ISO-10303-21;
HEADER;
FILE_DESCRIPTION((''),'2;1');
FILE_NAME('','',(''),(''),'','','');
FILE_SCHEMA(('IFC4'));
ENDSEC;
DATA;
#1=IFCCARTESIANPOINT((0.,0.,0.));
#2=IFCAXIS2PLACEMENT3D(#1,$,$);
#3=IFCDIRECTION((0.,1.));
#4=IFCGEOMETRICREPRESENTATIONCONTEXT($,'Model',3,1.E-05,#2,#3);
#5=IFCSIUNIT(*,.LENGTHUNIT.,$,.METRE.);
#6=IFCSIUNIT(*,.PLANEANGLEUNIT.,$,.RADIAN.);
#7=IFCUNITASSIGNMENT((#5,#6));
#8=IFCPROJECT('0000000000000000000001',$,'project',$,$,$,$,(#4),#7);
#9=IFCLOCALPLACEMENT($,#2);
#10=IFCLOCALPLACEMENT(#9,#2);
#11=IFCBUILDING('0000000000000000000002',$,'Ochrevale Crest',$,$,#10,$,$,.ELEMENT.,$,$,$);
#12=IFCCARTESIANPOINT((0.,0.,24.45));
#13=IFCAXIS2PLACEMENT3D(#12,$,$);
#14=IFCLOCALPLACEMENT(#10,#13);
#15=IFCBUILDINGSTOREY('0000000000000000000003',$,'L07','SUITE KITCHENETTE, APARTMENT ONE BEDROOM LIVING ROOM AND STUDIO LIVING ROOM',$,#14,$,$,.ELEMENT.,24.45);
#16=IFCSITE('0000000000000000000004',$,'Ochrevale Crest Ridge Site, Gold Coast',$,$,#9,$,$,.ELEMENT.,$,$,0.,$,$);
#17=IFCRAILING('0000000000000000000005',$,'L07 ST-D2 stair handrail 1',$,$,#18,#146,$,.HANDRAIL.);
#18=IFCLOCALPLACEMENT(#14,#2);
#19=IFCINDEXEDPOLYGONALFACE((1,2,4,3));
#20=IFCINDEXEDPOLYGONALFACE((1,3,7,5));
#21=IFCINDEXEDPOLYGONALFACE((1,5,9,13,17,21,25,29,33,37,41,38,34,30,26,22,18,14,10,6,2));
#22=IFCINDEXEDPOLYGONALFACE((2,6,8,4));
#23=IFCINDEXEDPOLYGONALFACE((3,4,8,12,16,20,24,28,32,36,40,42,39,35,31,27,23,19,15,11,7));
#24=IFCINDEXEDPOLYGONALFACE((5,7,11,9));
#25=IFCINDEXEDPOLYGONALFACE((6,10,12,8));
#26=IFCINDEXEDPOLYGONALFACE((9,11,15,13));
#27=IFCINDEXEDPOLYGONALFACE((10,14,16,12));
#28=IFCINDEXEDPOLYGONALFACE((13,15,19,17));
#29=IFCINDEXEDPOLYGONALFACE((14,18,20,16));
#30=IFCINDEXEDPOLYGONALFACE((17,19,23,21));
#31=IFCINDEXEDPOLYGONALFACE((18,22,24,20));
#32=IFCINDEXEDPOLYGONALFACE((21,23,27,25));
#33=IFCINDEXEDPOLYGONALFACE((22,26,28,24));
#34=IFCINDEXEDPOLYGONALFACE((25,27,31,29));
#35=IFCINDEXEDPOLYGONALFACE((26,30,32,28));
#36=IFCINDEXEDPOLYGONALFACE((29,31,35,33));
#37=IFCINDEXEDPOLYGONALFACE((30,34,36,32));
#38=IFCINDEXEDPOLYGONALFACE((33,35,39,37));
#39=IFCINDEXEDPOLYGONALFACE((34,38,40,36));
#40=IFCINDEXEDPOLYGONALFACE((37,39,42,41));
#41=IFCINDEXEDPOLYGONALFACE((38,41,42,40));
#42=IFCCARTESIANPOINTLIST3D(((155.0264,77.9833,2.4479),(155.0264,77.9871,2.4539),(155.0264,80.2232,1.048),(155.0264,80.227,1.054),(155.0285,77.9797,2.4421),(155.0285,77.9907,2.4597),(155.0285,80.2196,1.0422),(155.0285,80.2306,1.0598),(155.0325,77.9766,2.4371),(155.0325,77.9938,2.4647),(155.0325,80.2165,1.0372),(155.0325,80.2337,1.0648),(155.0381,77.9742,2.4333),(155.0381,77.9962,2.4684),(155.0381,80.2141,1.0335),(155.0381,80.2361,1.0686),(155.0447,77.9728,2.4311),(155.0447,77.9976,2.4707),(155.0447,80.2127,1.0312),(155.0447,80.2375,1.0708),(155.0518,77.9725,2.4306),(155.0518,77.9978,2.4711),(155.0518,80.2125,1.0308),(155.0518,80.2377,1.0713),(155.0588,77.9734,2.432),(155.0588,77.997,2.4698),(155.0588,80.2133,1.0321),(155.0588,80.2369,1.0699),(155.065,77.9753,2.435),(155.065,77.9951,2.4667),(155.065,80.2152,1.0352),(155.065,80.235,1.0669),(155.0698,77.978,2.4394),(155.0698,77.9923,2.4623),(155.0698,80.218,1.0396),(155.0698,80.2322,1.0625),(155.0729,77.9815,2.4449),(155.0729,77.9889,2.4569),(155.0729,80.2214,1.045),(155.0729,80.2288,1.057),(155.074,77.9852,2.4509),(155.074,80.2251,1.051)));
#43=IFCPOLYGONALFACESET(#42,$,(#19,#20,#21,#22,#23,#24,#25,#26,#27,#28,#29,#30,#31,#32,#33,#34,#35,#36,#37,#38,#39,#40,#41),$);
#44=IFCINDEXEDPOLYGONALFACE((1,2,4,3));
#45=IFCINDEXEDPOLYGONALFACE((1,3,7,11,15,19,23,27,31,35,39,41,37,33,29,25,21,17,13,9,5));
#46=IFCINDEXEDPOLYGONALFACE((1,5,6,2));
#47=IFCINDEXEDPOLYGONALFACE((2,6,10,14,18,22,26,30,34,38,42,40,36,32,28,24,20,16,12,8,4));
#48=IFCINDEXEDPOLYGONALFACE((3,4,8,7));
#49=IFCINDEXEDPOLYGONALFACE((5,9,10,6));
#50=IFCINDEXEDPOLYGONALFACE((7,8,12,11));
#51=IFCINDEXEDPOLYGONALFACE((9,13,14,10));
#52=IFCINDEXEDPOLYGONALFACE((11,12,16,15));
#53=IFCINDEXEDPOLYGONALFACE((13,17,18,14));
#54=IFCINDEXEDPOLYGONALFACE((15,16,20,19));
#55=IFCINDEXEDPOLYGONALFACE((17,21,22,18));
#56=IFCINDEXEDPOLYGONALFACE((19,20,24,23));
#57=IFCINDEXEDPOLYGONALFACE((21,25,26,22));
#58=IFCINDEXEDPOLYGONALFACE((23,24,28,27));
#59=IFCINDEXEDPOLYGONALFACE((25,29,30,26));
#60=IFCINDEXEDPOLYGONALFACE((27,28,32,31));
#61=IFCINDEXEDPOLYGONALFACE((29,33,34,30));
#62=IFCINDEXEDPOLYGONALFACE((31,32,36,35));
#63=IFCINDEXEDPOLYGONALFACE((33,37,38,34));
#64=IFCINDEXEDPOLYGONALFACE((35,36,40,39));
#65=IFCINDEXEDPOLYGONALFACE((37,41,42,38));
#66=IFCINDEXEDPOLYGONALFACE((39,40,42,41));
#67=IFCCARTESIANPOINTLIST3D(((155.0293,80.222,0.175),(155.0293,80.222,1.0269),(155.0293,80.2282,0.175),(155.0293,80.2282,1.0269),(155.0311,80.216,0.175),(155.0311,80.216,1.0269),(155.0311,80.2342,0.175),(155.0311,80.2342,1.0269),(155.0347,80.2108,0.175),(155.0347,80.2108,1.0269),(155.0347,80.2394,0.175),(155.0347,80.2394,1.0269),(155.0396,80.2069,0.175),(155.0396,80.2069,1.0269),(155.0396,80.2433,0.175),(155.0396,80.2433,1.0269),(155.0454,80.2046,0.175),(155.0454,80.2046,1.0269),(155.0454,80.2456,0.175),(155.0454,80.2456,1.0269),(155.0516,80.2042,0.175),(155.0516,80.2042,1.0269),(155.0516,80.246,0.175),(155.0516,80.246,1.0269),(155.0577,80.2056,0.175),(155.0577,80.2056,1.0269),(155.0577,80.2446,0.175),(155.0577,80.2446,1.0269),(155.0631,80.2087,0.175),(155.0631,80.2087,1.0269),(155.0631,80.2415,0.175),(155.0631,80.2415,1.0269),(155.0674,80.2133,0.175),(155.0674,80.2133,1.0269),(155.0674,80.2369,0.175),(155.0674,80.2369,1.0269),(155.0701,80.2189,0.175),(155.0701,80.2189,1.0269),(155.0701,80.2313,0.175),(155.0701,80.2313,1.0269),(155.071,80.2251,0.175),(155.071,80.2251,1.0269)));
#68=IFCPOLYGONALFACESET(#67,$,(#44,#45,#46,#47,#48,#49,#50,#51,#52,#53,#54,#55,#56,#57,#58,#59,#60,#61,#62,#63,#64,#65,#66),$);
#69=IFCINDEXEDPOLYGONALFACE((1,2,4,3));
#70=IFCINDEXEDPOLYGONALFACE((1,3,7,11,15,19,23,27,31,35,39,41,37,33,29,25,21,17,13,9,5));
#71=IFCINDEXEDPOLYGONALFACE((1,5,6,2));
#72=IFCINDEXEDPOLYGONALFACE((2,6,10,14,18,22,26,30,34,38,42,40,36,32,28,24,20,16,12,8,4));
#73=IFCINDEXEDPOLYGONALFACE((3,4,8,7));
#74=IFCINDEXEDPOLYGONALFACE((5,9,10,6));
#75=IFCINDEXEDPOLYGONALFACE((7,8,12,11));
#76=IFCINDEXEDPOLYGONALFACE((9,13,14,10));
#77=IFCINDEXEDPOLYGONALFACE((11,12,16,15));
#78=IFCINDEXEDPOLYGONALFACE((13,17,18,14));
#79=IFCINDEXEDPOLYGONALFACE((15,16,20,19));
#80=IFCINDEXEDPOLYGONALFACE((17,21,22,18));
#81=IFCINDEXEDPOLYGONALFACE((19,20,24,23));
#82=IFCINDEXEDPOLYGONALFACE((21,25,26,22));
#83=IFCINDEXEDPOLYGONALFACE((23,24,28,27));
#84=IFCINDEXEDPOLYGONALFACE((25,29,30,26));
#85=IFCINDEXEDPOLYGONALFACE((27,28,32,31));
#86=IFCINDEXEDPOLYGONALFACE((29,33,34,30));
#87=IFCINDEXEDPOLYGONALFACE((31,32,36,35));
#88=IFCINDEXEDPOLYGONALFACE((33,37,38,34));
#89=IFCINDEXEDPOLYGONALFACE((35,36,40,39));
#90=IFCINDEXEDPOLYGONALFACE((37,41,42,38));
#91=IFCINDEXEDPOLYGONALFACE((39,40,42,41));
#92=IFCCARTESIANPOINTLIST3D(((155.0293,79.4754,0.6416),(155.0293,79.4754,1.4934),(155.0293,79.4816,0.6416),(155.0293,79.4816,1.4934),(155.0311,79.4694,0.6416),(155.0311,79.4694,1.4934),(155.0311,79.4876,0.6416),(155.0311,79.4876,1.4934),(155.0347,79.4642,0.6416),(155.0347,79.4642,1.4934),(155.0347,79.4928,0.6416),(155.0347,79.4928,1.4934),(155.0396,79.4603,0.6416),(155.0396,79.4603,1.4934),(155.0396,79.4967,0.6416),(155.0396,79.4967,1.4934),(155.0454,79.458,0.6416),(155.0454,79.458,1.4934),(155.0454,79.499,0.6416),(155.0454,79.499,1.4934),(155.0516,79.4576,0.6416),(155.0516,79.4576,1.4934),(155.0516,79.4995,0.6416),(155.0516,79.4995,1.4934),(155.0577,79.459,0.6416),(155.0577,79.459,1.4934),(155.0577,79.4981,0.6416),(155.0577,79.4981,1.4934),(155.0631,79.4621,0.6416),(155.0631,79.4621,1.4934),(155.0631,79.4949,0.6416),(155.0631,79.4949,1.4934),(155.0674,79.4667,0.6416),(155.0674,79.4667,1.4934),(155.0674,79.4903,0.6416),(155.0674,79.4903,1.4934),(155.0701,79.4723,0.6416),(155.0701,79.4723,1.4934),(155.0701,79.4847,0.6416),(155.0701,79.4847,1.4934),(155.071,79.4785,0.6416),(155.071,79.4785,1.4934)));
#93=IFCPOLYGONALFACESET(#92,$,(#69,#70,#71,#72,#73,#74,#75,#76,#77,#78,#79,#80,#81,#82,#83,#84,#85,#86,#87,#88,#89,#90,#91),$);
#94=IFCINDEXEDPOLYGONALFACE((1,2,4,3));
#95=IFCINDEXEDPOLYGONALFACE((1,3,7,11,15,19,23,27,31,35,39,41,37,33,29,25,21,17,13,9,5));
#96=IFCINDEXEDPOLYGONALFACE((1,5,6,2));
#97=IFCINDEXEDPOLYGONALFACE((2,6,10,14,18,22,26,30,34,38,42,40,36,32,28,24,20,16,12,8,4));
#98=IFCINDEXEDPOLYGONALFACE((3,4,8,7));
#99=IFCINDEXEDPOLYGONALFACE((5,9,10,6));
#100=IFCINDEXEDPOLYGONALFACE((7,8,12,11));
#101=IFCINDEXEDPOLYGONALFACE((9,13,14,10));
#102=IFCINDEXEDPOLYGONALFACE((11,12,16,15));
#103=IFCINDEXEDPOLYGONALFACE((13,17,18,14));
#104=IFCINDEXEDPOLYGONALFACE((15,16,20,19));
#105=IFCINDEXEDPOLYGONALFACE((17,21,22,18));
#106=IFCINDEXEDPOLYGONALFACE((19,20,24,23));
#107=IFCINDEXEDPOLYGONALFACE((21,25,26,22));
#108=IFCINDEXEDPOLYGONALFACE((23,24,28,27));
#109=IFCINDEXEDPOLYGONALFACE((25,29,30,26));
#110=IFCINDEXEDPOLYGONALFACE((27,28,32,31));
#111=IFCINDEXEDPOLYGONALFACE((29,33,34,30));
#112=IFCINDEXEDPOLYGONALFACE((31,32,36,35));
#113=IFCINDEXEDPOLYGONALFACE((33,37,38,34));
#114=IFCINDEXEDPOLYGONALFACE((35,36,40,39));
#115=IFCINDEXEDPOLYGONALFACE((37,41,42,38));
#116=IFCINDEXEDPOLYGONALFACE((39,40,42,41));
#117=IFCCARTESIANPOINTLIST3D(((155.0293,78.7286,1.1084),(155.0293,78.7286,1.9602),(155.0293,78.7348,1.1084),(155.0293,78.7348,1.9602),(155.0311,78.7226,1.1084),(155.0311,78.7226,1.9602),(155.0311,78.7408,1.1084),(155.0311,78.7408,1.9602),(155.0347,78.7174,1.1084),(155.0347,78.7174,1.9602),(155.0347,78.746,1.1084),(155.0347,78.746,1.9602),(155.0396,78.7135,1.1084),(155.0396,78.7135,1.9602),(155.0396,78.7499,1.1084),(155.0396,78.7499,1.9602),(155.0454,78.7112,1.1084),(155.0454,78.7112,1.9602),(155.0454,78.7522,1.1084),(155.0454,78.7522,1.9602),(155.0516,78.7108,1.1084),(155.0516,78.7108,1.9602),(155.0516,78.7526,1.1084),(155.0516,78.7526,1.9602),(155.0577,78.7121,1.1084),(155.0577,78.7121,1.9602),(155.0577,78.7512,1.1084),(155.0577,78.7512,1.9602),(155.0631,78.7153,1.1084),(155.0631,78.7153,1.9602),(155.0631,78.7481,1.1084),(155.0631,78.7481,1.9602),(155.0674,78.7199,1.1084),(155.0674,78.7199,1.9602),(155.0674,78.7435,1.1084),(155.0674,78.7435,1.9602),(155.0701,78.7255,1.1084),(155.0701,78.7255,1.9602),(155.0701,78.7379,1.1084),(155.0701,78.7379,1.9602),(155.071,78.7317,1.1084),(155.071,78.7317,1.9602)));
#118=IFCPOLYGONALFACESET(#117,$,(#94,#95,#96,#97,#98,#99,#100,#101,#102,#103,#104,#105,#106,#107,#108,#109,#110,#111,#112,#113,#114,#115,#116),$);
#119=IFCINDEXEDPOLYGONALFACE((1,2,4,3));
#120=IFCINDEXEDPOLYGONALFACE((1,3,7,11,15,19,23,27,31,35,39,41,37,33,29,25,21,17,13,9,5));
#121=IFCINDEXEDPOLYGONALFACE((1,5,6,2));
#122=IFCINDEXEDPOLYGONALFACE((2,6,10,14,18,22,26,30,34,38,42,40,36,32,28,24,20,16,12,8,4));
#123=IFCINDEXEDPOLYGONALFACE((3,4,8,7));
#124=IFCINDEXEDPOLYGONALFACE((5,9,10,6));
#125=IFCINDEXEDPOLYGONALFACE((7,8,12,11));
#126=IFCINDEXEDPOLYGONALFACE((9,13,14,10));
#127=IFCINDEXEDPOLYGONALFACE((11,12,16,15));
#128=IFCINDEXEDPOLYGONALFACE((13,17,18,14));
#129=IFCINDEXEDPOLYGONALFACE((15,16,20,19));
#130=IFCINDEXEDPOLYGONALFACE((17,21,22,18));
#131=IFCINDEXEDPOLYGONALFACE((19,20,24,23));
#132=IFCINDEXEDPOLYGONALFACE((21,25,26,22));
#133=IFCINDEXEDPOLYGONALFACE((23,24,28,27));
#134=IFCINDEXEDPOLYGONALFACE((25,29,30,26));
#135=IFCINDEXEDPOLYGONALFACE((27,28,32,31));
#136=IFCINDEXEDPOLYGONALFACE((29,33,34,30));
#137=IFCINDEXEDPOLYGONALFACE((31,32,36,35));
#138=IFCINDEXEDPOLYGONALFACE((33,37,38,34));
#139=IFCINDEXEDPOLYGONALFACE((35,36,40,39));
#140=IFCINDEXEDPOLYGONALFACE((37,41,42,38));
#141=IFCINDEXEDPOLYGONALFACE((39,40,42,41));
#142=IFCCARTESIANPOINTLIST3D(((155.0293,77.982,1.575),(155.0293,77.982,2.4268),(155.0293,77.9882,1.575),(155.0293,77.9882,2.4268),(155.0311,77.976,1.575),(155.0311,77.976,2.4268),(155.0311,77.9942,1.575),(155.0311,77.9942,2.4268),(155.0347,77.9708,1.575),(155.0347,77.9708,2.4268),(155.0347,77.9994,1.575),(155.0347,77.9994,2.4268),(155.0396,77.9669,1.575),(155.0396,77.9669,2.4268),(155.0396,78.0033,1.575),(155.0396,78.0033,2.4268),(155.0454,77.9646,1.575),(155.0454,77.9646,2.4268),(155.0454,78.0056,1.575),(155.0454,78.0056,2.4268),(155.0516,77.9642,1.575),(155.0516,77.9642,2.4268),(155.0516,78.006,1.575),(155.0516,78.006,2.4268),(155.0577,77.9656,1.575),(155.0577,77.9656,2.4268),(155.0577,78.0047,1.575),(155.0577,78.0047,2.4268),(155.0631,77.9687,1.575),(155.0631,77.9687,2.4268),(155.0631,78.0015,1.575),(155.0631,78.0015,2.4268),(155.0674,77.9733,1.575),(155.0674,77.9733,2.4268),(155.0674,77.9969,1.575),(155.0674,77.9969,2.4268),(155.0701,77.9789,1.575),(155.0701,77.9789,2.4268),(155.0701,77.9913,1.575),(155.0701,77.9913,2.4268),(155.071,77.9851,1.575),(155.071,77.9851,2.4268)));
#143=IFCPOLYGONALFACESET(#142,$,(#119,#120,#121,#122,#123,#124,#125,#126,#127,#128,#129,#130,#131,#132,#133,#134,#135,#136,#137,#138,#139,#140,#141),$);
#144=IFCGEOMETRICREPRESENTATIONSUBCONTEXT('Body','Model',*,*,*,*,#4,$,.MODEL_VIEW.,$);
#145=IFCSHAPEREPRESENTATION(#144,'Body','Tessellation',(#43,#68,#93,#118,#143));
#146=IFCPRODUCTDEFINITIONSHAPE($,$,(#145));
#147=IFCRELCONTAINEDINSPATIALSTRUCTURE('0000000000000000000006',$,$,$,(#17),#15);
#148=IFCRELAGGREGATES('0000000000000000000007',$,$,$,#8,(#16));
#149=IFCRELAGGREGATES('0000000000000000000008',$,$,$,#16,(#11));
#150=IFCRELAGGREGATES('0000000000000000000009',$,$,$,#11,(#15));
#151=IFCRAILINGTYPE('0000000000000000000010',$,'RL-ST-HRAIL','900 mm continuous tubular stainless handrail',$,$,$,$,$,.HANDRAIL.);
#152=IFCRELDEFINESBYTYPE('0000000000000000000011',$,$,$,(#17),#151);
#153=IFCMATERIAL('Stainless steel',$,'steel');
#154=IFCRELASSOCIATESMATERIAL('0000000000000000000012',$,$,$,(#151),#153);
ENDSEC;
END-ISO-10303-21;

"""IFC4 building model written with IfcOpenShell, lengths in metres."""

from ifc_helpers import new_model, si_unit, direction, frame, origin, origin_2d, place, context, subcontext, project, spatial, circle, extrude, material, type_object, element, save


model = new_model("IFC4")

# Units and contexts
model_context = context("Model", 3, precision=1e-05, world=origin(), true_north=direction((0.0, 1.0)))
body_context = subcontext(model_context, "Body", "Model", "MODEL_VIEW")
ifc_project = project(units=[si_unit("LENGTHUNIT", "METRE"), si_unit("PLANEANGLEUNIT", "RADIAN")], contexts=[model_context])

# Site, building, storey
site_placement = place(None, origin())
site = spatial("IfcSite", under=ifc_project, at=site_placement, Name="Ochrevale Crest Ridge Site, Gold Coast", CompositionType="ELEMENT", RefElevation=0.0)
building_placement = place(site_placement, origin())
building = spatial("IfcBuilding", under=site, at=building_placement, Name="Ochrevale Crest", CompositionType="ELEMENT")
storey_placement = place(building_placement, frame((0.0, 0.0, 24.45)))
storey = spatial("IfcBuildingStorey", under=building, at=storey_placement, Name="L07", Description="SUITE KITCHENETTE, APARTMENT ONE BEDROOM LIVING ROOM AND STUDIO LIVING ROOM", CompositionType="ELEMENT", Elevation=24.45)

# Railing
ifc_material_1 = material(Name="Stainless steel", Category="steel")
railing_type_1 = type_object("IfcRailingType", Name="RL-ST-HRAIL", Description="900 mm continuous tubular stainless handrail", PredefinedType="HANDRAIL", material=ifc_material_1)
railing_1_placement = place(storey_placement, frame((155.05, 80.2251, 0.175)))
element("IfcRailing", 1, at=railing_1_placement, inside=storey, type_object=railing_type_1, Name="L07 ST-D2 stair handrail 1", PredefinedType="HANDRAIL", context=body_context, shape_type="SweptSolid", body=[
    extrude(circle(Radius=0.0239, at=origin_2d()), frame((0.0, 0.0, 0.876), z_axis=(0.0, -0.848014, 0.529974), x_axis=(1.0, 0.0, 0.0)), (0.0, 0.0, 1.0), 2.6414),
    extrude(circle(Radius=0.021, at=origin_2d()), origin(), (0.0, 0.0, 1.0), 0.8518),
    extrude(circle(Radius=0.021, at=origin_2d()), frame((0.0, -0.7466, 0.4666)), (0.0, 0.0, 1.0), 0.8518),
    extrude(circle(Radius=0.021, at=origin_2d()), frame((0.0, -1.4934, 0.9333)), (0.0, 0.0, 1.0), 0.8518),
    extrude(circle(Radius=0.021, at=origin_2d()), frame((0.0, -2.24, 1.3999)), (0.0, 0.0, 1.0), 0.8518),
])

save(model, "model.ifc")
